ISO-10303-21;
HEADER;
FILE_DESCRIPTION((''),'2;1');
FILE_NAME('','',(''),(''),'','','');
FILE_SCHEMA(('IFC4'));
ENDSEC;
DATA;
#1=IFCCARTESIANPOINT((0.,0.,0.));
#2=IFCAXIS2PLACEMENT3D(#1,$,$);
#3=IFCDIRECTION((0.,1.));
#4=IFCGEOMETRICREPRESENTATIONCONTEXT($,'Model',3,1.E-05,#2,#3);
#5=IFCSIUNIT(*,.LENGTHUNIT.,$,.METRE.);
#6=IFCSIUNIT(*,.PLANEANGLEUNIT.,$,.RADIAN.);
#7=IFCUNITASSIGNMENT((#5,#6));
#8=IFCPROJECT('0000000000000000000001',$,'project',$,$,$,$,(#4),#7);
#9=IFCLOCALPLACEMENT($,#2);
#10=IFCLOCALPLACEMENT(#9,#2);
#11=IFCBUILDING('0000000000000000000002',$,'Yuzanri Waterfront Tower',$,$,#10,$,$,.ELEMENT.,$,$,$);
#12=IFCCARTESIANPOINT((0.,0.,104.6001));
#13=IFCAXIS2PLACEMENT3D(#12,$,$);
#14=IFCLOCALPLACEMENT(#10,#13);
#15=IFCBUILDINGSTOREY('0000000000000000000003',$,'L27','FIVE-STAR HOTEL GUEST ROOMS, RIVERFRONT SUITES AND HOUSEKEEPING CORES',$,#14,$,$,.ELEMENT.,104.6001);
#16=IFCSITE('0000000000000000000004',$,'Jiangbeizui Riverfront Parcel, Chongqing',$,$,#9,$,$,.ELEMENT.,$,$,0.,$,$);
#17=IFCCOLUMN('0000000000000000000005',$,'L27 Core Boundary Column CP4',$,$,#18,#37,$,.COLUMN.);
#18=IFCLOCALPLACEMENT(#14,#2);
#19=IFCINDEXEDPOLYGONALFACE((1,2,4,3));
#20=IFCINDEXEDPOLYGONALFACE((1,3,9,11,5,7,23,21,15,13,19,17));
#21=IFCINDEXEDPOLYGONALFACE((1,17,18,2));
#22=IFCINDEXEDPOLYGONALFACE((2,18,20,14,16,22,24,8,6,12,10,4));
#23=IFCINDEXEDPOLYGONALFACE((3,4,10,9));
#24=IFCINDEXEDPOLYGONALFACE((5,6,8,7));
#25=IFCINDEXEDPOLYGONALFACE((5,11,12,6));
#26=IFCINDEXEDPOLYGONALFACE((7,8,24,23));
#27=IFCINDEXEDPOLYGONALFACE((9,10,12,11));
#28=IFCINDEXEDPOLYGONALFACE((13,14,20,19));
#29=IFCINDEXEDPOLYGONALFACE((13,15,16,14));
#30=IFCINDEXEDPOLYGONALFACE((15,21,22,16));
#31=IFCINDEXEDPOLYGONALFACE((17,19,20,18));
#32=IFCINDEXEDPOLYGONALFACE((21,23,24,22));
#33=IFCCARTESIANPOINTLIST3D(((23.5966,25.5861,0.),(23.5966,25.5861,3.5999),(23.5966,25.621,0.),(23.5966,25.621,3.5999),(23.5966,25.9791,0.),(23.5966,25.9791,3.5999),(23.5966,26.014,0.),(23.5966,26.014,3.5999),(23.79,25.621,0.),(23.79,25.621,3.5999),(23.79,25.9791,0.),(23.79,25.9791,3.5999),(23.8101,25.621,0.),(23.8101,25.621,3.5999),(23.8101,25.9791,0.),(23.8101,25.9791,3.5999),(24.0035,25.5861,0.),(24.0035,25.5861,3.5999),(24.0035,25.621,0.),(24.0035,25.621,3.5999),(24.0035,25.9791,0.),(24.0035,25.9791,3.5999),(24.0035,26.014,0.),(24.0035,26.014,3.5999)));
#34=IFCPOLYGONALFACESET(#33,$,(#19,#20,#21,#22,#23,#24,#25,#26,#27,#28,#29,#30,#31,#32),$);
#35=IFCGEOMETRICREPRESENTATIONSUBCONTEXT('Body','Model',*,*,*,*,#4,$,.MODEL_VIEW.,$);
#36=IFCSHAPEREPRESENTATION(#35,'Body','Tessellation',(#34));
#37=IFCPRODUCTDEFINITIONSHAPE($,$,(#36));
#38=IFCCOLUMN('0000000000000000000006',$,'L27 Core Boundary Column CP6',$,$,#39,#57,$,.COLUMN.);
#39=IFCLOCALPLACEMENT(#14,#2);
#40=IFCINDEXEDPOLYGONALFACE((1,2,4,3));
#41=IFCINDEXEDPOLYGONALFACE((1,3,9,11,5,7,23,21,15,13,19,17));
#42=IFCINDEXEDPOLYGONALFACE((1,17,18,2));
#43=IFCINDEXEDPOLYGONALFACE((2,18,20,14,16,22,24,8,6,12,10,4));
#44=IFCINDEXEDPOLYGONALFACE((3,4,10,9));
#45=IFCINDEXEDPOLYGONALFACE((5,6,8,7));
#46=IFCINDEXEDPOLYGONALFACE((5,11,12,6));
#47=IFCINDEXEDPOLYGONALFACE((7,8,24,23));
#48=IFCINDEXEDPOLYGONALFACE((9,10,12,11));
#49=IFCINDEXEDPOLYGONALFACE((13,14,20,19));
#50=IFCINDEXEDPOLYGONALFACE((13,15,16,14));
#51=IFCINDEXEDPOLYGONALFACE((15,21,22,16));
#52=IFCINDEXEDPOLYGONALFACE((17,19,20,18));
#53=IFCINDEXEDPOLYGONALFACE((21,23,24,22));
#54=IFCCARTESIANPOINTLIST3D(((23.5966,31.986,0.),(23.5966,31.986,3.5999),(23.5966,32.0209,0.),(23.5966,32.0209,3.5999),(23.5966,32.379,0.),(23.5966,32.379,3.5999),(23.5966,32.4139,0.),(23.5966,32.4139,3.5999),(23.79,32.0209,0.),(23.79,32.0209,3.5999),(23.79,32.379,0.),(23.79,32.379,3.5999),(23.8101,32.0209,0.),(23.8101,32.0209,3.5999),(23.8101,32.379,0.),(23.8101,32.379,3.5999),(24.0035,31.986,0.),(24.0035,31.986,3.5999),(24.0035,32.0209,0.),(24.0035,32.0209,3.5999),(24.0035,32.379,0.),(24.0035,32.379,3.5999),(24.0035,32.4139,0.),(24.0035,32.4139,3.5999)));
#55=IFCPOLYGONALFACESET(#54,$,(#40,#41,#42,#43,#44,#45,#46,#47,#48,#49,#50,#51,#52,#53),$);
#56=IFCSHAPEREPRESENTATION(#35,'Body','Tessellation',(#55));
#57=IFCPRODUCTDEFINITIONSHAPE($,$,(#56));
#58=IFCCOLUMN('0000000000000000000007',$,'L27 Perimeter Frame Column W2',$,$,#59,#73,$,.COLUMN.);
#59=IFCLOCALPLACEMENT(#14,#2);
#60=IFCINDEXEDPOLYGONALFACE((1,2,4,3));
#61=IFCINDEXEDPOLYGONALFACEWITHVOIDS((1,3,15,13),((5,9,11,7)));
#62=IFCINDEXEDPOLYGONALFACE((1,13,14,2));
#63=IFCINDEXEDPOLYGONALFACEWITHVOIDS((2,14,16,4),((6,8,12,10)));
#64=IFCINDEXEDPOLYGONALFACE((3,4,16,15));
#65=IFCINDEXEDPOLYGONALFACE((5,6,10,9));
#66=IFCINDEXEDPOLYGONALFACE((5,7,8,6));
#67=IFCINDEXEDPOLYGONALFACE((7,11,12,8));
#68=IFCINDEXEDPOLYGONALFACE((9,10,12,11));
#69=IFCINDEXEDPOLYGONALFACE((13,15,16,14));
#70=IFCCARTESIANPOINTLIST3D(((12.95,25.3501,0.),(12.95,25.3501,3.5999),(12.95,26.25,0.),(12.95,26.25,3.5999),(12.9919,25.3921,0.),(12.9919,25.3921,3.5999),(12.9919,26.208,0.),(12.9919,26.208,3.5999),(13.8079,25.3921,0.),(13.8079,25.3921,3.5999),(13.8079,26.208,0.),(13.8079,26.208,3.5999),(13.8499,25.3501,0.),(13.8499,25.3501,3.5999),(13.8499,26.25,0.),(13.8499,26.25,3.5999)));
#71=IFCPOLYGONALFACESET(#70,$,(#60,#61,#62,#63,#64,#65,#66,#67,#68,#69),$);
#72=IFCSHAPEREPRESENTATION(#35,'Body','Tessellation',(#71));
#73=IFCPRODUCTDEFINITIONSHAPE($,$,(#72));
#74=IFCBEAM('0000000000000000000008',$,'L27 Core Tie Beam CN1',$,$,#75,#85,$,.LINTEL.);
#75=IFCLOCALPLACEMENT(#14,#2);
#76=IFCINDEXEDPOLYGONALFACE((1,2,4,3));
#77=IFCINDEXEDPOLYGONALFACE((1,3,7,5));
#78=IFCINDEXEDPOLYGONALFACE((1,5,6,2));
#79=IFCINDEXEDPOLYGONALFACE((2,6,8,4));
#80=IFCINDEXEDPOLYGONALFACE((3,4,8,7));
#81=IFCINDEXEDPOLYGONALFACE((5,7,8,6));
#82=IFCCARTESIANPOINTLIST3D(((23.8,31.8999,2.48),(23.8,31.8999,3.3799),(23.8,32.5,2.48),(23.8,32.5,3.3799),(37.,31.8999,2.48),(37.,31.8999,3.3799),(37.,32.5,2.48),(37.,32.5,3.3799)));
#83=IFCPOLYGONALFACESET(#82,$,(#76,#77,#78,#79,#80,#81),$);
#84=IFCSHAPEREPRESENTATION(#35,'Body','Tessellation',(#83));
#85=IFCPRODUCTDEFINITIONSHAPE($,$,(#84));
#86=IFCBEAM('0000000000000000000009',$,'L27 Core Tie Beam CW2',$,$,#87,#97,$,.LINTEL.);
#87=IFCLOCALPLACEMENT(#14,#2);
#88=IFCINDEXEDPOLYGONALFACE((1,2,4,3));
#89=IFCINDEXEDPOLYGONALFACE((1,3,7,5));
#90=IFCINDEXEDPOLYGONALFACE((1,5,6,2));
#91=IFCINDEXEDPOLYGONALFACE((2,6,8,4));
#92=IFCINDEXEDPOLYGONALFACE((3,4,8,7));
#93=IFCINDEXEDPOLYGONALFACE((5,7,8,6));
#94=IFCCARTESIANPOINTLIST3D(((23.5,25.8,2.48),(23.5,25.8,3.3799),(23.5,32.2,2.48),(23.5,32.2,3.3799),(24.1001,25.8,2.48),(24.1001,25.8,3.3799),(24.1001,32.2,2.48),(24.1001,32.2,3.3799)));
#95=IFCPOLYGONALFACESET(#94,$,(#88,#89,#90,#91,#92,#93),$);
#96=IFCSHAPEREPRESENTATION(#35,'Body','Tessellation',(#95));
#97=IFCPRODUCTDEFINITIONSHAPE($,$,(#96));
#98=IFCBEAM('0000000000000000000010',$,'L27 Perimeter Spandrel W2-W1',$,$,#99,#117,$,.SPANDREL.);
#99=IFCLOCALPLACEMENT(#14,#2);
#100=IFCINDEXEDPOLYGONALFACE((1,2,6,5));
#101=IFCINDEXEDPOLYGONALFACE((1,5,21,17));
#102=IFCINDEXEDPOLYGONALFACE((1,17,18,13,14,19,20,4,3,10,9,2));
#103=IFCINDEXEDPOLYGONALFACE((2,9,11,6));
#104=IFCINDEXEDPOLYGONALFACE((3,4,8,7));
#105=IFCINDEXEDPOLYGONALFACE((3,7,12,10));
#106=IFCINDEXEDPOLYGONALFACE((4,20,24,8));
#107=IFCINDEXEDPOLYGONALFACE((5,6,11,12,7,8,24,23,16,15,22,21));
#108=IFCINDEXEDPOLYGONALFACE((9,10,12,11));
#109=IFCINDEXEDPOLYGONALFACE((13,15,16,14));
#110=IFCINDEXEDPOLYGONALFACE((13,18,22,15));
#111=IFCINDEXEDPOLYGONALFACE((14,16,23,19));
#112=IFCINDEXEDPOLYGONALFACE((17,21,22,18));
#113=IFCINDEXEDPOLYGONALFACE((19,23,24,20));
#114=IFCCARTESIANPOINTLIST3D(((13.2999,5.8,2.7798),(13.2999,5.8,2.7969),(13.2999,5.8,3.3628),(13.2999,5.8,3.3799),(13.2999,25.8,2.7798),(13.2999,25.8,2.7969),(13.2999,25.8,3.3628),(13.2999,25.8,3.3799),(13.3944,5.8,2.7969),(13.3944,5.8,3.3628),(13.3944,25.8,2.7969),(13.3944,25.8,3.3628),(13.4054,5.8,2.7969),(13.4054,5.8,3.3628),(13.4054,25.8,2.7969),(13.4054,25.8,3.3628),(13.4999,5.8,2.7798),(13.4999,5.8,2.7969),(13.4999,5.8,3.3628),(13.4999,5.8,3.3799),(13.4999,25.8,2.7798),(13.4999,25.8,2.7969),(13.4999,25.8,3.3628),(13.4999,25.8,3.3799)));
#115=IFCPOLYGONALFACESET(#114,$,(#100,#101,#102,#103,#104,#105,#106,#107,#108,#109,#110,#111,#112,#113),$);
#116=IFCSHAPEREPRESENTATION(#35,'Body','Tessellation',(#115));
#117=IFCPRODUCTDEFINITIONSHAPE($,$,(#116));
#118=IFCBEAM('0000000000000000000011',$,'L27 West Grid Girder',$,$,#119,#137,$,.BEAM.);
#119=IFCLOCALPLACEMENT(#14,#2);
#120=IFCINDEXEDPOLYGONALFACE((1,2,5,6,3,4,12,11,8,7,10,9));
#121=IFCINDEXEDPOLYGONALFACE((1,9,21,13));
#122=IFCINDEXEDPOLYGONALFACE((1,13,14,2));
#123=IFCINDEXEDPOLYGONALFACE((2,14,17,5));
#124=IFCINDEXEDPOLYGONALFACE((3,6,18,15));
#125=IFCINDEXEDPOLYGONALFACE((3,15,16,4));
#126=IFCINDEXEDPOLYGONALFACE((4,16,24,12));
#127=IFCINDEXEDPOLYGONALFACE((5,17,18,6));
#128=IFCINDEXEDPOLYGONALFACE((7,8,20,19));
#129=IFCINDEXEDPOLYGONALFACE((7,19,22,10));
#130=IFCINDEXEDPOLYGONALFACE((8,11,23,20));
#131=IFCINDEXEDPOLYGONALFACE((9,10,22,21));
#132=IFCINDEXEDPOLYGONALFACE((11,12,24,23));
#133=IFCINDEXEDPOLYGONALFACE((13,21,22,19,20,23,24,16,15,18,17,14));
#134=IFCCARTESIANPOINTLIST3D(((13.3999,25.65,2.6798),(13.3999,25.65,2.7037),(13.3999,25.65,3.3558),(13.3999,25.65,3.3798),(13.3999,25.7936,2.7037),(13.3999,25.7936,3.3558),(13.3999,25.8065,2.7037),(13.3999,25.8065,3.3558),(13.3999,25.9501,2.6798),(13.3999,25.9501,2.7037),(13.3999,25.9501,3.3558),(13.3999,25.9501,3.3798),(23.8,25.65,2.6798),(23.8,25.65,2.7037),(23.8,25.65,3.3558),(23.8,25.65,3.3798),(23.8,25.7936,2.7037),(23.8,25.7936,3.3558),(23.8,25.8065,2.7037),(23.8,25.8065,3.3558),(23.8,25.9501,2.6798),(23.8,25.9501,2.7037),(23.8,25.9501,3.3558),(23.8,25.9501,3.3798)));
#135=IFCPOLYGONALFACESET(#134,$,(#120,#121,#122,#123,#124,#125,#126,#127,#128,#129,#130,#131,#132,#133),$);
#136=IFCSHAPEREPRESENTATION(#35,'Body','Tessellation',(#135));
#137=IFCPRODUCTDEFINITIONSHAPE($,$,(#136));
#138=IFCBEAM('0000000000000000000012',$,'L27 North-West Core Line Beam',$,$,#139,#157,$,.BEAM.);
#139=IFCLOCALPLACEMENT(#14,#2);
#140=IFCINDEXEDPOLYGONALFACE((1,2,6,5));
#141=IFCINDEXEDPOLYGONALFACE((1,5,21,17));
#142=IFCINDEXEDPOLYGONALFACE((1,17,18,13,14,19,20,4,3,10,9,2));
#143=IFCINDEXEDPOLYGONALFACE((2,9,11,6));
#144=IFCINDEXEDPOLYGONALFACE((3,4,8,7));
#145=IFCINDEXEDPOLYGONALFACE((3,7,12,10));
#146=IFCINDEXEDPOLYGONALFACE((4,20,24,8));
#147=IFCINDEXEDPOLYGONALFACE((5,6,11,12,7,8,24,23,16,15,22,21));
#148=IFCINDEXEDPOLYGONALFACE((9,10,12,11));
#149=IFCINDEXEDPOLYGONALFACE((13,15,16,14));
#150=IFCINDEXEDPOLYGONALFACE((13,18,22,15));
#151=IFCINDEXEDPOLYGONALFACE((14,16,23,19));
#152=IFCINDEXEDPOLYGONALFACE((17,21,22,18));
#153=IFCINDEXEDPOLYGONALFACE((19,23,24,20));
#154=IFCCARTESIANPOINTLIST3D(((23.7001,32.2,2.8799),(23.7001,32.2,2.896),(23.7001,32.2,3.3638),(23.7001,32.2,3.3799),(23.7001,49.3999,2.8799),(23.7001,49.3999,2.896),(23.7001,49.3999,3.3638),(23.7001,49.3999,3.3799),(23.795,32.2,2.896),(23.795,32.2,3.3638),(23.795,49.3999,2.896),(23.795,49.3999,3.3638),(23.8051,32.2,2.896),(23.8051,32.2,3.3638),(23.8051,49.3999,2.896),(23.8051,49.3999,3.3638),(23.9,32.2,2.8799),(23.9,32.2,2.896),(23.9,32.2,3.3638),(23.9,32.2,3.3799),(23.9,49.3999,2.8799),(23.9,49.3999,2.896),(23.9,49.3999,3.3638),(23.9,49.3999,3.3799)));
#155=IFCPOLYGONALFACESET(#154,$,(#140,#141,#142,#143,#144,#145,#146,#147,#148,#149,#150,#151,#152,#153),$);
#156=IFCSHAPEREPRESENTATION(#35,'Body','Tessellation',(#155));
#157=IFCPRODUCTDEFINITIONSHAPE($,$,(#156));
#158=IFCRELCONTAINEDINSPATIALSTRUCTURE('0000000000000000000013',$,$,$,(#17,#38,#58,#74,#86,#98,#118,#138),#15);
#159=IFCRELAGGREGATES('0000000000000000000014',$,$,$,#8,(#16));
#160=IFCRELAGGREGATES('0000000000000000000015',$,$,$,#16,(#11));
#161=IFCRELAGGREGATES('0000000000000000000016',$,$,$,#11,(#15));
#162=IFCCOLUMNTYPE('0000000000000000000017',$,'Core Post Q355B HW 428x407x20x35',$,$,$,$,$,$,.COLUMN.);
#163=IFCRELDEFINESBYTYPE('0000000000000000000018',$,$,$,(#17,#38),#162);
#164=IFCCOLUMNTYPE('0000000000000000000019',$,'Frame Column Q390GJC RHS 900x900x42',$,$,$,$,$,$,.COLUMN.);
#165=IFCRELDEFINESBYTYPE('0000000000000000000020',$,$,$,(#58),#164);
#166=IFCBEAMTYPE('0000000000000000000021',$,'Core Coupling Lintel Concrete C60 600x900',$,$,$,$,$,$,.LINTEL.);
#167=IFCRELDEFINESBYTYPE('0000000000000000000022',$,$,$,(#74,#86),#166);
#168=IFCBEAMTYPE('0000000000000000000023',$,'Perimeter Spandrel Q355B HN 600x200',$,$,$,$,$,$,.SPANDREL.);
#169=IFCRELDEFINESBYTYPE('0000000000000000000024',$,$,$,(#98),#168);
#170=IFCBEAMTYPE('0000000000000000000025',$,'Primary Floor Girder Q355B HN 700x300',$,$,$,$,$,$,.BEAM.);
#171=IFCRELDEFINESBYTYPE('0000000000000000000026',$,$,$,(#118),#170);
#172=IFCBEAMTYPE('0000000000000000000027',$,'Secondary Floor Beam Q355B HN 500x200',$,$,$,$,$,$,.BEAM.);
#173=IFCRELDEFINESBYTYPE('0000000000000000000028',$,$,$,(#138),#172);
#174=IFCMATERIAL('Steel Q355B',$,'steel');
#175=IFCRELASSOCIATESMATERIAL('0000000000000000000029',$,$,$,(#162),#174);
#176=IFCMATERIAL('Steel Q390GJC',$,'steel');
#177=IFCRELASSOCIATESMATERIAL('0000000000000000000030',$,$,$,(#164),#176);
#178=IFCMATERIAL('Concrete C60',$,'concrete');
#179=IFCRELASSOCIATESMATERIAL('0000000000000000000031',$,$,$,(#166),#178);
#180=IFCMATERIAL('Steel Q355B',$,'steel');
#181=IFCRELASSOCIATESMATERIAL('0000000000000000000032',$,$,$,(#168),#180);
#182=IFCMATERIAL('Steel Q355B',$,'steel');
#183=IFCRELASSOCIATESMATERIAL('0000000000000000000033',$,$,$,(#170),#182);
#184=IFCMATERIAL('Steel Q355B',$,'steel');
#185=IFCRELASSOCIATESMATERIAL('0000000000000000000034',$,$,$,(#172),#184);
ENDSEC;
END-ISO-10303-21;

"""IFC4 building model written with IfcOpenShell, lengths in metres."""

from ifc_helpers import new_model, si_unit, direction, frame, origin, origin_2d, place, context, subcontext, project, spatial, rectangle, hollow_rectangle, i_section, extrude, source, transform, mapped, material, material_profile, profile_set, type_object, element, save


model = new_model("IFC4")

# Units and contexts
model_context = context("Model", 3, precision=1e-05, world=origin(), true_north=direction((0.0, 1.0)))
body_context = subcontext(model_context, "Body", "Model", "MODEL_VIEW")
ifc_project = project(units=[si_unit("LENGTHUNIT", "METRE"), si_unit("PLANEANGLEUNIT", "RADIAN")], contexts=[model_context])

# Site, building, storey
site_placement = place(None, origin())
site = spatial("IfcSite", under=ifc_project, at=site_placement, Name="Jiangbeizui Riverfront Parcel, Chongqing", CompositionType="ELEMENT", RefElevation=0.0)
building_placement = place(site_placement, origin())
building = spatial("IfcBuilding", under=site, at=building_placement, Name="Yuzanri Waterfront Tower", CompositionType="ELEMENT")
storey_placement = place(building_placement, frame((0.0, 0.0, 104.6001)))
storey = spatial("IfcBuildingStorey", under=building, at=storey_placement, Name="L27", Description="FIVE-STAR HOTEL GUEST ROOMS, RIVERFRONT SUITES AND HOUSEKEEPING CORES", CompositionType="ELEMENT", Elevation=104.6001)

# Columns
ifc_material_1 = material(Name="Steel Q355B", Category="steel")
ifc_material_profile_1 = material_profile(ifc_material_1, i_section(OverallWidth=0.407, OverallDepth=0.428, WebThickness=0.02, FlangeThickness=0.0349, at=origin_2d()), Name="HW 428x407x20x35")
ifc_profile_set_1 = profile_set([ifc_material_profile_1], Name="Steel Q355B")
column_type_1 = type_object("IfcColumnType", Name="Core Post Q355B HW 428x407x20x35", PredefinedType="COLUMN", material=ifc_profile_set_1)
shared_shape_1 = source(origin(), body_context, "Body", "SweptSolid", [
    extrude(i_section(OverallWidth=0.407, OverallDepth=0.428, WebThickness=0.02, FlangeThickness=0.0349, at=origin_2d()), origin(), (0.0, 0.0, 1.0), 3.5999),
])
for number, where, z_axis, x_axis, name in (
    (1, (23.8, 25.8, 0.0), (0.0, 0.0, 1.0), (1.0, 0.0, 0.0), "L27 Core Boundary Column CP4"),
    (2, (23.8, 32.2, 0.0), (0.0, 0.0, 1.0), (1.0, 0.0, 0.0), "L27 Core Boundary Column CP6"),
):
    element("IfcColumn", number, at=place(storey_placement, frame(where, z_axis=z_axis, x_axis=x_axis)), inside=storey, type_object=column_type_1, Name=name, PredefinedType="COLUMN", context=body_context, shape_type="MappedRepresentation", body=[
        mapped(shared_shape_1, transform((0.0, 0.0, 0.0), scale=1.0)),
    ])
ifc_material_2 = material(Name="Steel Q390GJC", Category="steel")
ifc_material_profile_2 = material_profile(ifc_material_2, hollow_rectangle(XDim=0.8999, YDim=0.8999, WallThickness=0.042, at=origin_2d()), Name="RHS 900x900x42")
ifc_profile_set_2 = profile_set([ifc_material_profile_2], Name="Steel Q390GJC")
column_type_2 = type_object("IfcColumnType", Name="Frame Column Q390GJC RHS 900x900x42", PredefinedType="COLUMN", material=ifc_profile_set_2)
shared_shape_2 = source(origin(), body_context, "Body", "SweptSolid", [
    extrude(hollow_rectangle(XDim=0.8999, YDim=0.8999, WallThickness=0.042, at=origin_2d()), origin(), (0.0, 0.0, 1.0), 3.5999),
])
column_placement = place(storey_placement, frame((13.3999, 25.8, 0.0), z_axis=(0.0, 0.0, 1.0), x_axis=(1.0, 0.0, 0.0)))
element("IfcColumn", 3, at=column_placement, inside=storey, type_object=column_type_2, Name="L27 Perimeter Frame Column W2", PredefinedType="COLUMN", context=body_context, shape_type="MappedRepresentation", body=[
    mapped(shared_shape_2, transform((0.0, 0.0, 0.0), scale=1.0)),
])

# Beams
ifc_material_3 = material(Name="Concrete C60", Category="concrete")
ifc_material_profile_3 = material_profile(ifc_material_3, rectangle(XDim=0.6001, YDim=0.8999, at=origin_2d()), Name="RC 600x900")
ifc_profile_set_3 = profile_set([ifc_material_profile_3], Name="Concrete C60")
beam_type_1 = type_object("IfcBeamType", Name="Core Coupling Lintel Concrete C60 600x900", PredefinedType="LINTEL", material=ifc_profile_set_3)
shared_shape_3 = source(origin(), body_context, "Body", "SweptSolid", [
    extrude(rectangle(XDim=0.6001, YDim=0.8999, at=origin_2d()), origin(), (0.0, 0.0, 1.0), 13.2),
])
beam_1_placement = place(storey_placement, frame((23.8, 32.2, 2.9299), z_axis=(1.0, 0.0, 0.0), x_axis=(0.0, 1.0, 0.0)))
element("IfcBeam", 4, at=beam_1_placement, inside=storey, type_object=beam_type_1, Name="L27 Core Tie Beam CN1", PredefinedType="LINTEL", context=body_context, shape_type="MappedRepresentation", body=[
    mapped(shared_shape_3, transform((0.0, 0.0, 0.0), scale=1.0)),
])
shared_shape_4 = source(origin(), body_context, "Body", "SweptSolid", [
    extrude(rectangle(XDim=0.6001, YDim=0.8999, at=origin_2d()), origin(), (0.0, 0.0, 1.0), 6.3999),
])
beam_2_placement = place(storey_placement, frame((23.8, 25.8, 2.9299), z_axis=(0.0, 1.0, 0.0), x_axis=(-1.0, 0.0, 0.0)))
element("IfcBeam", 5, at=beam_2_placement, inside=storey, type_object=beam_type_1, Name="L27 Core Tie Beam CW2", PredefinedType="LINTEL", context=body_context, shape_type="MappedRepresentation", body=[
    mapped(shared_shape_4, transform((0.0, 0.0, 0.0), scale=1.0)),
])
ifc_material_4 = material(Name="Steel Q355B", Category="steel")
ifc_material_profile_4 = material_profile(ifc_material_4, i_section(OverallWidth=0.2, OverallDepth=0.6001, WebThickness=0.011, FlangeThickness=0.0171, at=origin_2d()), Name="HN 600x200x11x17")
ifc_profile_set_4 = profile_set([ifc_material_profile_4], Name="Steel Q355B")
beam_type_2 = type_object("IfcBeamType", Name="Perimeter Spandrel Q355B HN 600x200", PredefinedType="SPANDREL", material=ifc_profile_set_4)
shared_shape_5 = source(origin(), body_context, "Body", "SweptSolid", [
    extrude(i_section(OverallWidth=0.2, OverallDepth=0.6001, WebThickness=0.011, FlangeThickness=0.0171, at=origin_2d()), origin(), (0.0, 0.0, 1.0), 20.0),
])
beam_3_placement = place(storey_placement, frame((13.3999, 25.8, 3.0798), z_axis=(0.0, -1.0, 0.0), x_axis=(1.0, 0.0, 0.0)))
element("IfcBeam", 6, at=beam_3_placement, inside=storey, type_object=beam_type_2, Name="L27 Perimeter Spandrel W2-W1", PredefinedType="SPANDREL", context=body_context, shape_type="MappedRepresentation", body=[
    mapped(shared_shape_5, transform((0.0, 0.0, 0.0), scale=1.0)),
])
ifc_material_5 = material(Name="Steel Q355B", Category="steel")
ifc_material_profile_5 = material_profile(ifc_material_5, i_section(OverallWidth=0.3, OverallDepth=0.7, WebThickness=0.0129, FlangeThickness=0.0239, at=origin_2d()), Name="HN 700x300x13x24")
ifc_profile_set_5 = profile_set([ifc_material_profile_5], Name="Steel Q355B")
beam_type_3 = type_object("IfcBeamType", Name="Primary Floor Girder Q355B HN 700x300", PredefinedType="BEAM", material=ifc_profile_set_5)
shared_shape_6 = source(origin(), body_context, "Body", "SweptSolid", [
    extrude(i_section(OverallWidth=0.3, OverallDepth=0.7, WebThickness=0.0129, FlangeThickness=0.0239, at=origin_2d()), origin(), (0.0, 0.0, 1.0), 10.4001),
])
beam_4_placement = place(storey_placement, frame((23.8, 25.8, 3.0298), z_axis=(-1.0, 0.0, 0.0), x_axis=(0.0, -1.0, 0.0)))
element("IfcBeam", 7, at=beam_4_placement, inside=storey, type_object=beam_type_3, Name="L27 West Grid Girder", PredefinedType="BEAM", context=body_context, shape_type="MappedRepresentation", body=[
    mapped(shared_shape_6, transform((0.0, 0.0, 0.0), scale=1.0)),
])
ifc_material_6 = material(Name="Steel Q355B", Category="steel")
ifc_material_profile_6 = material_profile(ifc_material_6, i_section(OverallWidth=0.2, OverallDepth=0.5, WebThickness=0.01, FlangeThickness=0.0161, at=origin_2d()), Name="HN 500x200x10x16")
ifc_profile_set_6 = profile_set([ifc_material_profile_6], Name="Steel Q355B")
beam_type_4 = type_object("IfcBeamType", Name="Secondary Floor Beam Q355B HN 500x200", PredefinedType="BEAM", material=ifc_profile_set_6)
shared_shape_7 = source(origin(), body_context, "Body", "SweptSolid", [
    extrude(i_section(OverallWidth=0.2, OverallDepth=0.5, WebThickness=0.01, FlangeThickness=0.0161, at=origin_2d()), origin(), (0.0, 0.0, 1.0), 17.2),
])
beam_5_placement = place(storey_placement, frame((23.8, 32.2, 3.1299), z_axis=(0.0, 1.0, 0.0), x_axis=(-1.0, 0.0, 0.0)))
element("IfcBeam", 8, at=beam_5_placement, inside=storey, type_object=beam_type_4, Name="L27 North-West Core Line Beam", PredefinedType="BEAM", context=body_context, shape_type="MappedRepresentation", body=[
    mapped(shared_shape_7, transform((0.0, 0.0, 0.0), scale=1.0)),
])

save(model, "model.ifc")
